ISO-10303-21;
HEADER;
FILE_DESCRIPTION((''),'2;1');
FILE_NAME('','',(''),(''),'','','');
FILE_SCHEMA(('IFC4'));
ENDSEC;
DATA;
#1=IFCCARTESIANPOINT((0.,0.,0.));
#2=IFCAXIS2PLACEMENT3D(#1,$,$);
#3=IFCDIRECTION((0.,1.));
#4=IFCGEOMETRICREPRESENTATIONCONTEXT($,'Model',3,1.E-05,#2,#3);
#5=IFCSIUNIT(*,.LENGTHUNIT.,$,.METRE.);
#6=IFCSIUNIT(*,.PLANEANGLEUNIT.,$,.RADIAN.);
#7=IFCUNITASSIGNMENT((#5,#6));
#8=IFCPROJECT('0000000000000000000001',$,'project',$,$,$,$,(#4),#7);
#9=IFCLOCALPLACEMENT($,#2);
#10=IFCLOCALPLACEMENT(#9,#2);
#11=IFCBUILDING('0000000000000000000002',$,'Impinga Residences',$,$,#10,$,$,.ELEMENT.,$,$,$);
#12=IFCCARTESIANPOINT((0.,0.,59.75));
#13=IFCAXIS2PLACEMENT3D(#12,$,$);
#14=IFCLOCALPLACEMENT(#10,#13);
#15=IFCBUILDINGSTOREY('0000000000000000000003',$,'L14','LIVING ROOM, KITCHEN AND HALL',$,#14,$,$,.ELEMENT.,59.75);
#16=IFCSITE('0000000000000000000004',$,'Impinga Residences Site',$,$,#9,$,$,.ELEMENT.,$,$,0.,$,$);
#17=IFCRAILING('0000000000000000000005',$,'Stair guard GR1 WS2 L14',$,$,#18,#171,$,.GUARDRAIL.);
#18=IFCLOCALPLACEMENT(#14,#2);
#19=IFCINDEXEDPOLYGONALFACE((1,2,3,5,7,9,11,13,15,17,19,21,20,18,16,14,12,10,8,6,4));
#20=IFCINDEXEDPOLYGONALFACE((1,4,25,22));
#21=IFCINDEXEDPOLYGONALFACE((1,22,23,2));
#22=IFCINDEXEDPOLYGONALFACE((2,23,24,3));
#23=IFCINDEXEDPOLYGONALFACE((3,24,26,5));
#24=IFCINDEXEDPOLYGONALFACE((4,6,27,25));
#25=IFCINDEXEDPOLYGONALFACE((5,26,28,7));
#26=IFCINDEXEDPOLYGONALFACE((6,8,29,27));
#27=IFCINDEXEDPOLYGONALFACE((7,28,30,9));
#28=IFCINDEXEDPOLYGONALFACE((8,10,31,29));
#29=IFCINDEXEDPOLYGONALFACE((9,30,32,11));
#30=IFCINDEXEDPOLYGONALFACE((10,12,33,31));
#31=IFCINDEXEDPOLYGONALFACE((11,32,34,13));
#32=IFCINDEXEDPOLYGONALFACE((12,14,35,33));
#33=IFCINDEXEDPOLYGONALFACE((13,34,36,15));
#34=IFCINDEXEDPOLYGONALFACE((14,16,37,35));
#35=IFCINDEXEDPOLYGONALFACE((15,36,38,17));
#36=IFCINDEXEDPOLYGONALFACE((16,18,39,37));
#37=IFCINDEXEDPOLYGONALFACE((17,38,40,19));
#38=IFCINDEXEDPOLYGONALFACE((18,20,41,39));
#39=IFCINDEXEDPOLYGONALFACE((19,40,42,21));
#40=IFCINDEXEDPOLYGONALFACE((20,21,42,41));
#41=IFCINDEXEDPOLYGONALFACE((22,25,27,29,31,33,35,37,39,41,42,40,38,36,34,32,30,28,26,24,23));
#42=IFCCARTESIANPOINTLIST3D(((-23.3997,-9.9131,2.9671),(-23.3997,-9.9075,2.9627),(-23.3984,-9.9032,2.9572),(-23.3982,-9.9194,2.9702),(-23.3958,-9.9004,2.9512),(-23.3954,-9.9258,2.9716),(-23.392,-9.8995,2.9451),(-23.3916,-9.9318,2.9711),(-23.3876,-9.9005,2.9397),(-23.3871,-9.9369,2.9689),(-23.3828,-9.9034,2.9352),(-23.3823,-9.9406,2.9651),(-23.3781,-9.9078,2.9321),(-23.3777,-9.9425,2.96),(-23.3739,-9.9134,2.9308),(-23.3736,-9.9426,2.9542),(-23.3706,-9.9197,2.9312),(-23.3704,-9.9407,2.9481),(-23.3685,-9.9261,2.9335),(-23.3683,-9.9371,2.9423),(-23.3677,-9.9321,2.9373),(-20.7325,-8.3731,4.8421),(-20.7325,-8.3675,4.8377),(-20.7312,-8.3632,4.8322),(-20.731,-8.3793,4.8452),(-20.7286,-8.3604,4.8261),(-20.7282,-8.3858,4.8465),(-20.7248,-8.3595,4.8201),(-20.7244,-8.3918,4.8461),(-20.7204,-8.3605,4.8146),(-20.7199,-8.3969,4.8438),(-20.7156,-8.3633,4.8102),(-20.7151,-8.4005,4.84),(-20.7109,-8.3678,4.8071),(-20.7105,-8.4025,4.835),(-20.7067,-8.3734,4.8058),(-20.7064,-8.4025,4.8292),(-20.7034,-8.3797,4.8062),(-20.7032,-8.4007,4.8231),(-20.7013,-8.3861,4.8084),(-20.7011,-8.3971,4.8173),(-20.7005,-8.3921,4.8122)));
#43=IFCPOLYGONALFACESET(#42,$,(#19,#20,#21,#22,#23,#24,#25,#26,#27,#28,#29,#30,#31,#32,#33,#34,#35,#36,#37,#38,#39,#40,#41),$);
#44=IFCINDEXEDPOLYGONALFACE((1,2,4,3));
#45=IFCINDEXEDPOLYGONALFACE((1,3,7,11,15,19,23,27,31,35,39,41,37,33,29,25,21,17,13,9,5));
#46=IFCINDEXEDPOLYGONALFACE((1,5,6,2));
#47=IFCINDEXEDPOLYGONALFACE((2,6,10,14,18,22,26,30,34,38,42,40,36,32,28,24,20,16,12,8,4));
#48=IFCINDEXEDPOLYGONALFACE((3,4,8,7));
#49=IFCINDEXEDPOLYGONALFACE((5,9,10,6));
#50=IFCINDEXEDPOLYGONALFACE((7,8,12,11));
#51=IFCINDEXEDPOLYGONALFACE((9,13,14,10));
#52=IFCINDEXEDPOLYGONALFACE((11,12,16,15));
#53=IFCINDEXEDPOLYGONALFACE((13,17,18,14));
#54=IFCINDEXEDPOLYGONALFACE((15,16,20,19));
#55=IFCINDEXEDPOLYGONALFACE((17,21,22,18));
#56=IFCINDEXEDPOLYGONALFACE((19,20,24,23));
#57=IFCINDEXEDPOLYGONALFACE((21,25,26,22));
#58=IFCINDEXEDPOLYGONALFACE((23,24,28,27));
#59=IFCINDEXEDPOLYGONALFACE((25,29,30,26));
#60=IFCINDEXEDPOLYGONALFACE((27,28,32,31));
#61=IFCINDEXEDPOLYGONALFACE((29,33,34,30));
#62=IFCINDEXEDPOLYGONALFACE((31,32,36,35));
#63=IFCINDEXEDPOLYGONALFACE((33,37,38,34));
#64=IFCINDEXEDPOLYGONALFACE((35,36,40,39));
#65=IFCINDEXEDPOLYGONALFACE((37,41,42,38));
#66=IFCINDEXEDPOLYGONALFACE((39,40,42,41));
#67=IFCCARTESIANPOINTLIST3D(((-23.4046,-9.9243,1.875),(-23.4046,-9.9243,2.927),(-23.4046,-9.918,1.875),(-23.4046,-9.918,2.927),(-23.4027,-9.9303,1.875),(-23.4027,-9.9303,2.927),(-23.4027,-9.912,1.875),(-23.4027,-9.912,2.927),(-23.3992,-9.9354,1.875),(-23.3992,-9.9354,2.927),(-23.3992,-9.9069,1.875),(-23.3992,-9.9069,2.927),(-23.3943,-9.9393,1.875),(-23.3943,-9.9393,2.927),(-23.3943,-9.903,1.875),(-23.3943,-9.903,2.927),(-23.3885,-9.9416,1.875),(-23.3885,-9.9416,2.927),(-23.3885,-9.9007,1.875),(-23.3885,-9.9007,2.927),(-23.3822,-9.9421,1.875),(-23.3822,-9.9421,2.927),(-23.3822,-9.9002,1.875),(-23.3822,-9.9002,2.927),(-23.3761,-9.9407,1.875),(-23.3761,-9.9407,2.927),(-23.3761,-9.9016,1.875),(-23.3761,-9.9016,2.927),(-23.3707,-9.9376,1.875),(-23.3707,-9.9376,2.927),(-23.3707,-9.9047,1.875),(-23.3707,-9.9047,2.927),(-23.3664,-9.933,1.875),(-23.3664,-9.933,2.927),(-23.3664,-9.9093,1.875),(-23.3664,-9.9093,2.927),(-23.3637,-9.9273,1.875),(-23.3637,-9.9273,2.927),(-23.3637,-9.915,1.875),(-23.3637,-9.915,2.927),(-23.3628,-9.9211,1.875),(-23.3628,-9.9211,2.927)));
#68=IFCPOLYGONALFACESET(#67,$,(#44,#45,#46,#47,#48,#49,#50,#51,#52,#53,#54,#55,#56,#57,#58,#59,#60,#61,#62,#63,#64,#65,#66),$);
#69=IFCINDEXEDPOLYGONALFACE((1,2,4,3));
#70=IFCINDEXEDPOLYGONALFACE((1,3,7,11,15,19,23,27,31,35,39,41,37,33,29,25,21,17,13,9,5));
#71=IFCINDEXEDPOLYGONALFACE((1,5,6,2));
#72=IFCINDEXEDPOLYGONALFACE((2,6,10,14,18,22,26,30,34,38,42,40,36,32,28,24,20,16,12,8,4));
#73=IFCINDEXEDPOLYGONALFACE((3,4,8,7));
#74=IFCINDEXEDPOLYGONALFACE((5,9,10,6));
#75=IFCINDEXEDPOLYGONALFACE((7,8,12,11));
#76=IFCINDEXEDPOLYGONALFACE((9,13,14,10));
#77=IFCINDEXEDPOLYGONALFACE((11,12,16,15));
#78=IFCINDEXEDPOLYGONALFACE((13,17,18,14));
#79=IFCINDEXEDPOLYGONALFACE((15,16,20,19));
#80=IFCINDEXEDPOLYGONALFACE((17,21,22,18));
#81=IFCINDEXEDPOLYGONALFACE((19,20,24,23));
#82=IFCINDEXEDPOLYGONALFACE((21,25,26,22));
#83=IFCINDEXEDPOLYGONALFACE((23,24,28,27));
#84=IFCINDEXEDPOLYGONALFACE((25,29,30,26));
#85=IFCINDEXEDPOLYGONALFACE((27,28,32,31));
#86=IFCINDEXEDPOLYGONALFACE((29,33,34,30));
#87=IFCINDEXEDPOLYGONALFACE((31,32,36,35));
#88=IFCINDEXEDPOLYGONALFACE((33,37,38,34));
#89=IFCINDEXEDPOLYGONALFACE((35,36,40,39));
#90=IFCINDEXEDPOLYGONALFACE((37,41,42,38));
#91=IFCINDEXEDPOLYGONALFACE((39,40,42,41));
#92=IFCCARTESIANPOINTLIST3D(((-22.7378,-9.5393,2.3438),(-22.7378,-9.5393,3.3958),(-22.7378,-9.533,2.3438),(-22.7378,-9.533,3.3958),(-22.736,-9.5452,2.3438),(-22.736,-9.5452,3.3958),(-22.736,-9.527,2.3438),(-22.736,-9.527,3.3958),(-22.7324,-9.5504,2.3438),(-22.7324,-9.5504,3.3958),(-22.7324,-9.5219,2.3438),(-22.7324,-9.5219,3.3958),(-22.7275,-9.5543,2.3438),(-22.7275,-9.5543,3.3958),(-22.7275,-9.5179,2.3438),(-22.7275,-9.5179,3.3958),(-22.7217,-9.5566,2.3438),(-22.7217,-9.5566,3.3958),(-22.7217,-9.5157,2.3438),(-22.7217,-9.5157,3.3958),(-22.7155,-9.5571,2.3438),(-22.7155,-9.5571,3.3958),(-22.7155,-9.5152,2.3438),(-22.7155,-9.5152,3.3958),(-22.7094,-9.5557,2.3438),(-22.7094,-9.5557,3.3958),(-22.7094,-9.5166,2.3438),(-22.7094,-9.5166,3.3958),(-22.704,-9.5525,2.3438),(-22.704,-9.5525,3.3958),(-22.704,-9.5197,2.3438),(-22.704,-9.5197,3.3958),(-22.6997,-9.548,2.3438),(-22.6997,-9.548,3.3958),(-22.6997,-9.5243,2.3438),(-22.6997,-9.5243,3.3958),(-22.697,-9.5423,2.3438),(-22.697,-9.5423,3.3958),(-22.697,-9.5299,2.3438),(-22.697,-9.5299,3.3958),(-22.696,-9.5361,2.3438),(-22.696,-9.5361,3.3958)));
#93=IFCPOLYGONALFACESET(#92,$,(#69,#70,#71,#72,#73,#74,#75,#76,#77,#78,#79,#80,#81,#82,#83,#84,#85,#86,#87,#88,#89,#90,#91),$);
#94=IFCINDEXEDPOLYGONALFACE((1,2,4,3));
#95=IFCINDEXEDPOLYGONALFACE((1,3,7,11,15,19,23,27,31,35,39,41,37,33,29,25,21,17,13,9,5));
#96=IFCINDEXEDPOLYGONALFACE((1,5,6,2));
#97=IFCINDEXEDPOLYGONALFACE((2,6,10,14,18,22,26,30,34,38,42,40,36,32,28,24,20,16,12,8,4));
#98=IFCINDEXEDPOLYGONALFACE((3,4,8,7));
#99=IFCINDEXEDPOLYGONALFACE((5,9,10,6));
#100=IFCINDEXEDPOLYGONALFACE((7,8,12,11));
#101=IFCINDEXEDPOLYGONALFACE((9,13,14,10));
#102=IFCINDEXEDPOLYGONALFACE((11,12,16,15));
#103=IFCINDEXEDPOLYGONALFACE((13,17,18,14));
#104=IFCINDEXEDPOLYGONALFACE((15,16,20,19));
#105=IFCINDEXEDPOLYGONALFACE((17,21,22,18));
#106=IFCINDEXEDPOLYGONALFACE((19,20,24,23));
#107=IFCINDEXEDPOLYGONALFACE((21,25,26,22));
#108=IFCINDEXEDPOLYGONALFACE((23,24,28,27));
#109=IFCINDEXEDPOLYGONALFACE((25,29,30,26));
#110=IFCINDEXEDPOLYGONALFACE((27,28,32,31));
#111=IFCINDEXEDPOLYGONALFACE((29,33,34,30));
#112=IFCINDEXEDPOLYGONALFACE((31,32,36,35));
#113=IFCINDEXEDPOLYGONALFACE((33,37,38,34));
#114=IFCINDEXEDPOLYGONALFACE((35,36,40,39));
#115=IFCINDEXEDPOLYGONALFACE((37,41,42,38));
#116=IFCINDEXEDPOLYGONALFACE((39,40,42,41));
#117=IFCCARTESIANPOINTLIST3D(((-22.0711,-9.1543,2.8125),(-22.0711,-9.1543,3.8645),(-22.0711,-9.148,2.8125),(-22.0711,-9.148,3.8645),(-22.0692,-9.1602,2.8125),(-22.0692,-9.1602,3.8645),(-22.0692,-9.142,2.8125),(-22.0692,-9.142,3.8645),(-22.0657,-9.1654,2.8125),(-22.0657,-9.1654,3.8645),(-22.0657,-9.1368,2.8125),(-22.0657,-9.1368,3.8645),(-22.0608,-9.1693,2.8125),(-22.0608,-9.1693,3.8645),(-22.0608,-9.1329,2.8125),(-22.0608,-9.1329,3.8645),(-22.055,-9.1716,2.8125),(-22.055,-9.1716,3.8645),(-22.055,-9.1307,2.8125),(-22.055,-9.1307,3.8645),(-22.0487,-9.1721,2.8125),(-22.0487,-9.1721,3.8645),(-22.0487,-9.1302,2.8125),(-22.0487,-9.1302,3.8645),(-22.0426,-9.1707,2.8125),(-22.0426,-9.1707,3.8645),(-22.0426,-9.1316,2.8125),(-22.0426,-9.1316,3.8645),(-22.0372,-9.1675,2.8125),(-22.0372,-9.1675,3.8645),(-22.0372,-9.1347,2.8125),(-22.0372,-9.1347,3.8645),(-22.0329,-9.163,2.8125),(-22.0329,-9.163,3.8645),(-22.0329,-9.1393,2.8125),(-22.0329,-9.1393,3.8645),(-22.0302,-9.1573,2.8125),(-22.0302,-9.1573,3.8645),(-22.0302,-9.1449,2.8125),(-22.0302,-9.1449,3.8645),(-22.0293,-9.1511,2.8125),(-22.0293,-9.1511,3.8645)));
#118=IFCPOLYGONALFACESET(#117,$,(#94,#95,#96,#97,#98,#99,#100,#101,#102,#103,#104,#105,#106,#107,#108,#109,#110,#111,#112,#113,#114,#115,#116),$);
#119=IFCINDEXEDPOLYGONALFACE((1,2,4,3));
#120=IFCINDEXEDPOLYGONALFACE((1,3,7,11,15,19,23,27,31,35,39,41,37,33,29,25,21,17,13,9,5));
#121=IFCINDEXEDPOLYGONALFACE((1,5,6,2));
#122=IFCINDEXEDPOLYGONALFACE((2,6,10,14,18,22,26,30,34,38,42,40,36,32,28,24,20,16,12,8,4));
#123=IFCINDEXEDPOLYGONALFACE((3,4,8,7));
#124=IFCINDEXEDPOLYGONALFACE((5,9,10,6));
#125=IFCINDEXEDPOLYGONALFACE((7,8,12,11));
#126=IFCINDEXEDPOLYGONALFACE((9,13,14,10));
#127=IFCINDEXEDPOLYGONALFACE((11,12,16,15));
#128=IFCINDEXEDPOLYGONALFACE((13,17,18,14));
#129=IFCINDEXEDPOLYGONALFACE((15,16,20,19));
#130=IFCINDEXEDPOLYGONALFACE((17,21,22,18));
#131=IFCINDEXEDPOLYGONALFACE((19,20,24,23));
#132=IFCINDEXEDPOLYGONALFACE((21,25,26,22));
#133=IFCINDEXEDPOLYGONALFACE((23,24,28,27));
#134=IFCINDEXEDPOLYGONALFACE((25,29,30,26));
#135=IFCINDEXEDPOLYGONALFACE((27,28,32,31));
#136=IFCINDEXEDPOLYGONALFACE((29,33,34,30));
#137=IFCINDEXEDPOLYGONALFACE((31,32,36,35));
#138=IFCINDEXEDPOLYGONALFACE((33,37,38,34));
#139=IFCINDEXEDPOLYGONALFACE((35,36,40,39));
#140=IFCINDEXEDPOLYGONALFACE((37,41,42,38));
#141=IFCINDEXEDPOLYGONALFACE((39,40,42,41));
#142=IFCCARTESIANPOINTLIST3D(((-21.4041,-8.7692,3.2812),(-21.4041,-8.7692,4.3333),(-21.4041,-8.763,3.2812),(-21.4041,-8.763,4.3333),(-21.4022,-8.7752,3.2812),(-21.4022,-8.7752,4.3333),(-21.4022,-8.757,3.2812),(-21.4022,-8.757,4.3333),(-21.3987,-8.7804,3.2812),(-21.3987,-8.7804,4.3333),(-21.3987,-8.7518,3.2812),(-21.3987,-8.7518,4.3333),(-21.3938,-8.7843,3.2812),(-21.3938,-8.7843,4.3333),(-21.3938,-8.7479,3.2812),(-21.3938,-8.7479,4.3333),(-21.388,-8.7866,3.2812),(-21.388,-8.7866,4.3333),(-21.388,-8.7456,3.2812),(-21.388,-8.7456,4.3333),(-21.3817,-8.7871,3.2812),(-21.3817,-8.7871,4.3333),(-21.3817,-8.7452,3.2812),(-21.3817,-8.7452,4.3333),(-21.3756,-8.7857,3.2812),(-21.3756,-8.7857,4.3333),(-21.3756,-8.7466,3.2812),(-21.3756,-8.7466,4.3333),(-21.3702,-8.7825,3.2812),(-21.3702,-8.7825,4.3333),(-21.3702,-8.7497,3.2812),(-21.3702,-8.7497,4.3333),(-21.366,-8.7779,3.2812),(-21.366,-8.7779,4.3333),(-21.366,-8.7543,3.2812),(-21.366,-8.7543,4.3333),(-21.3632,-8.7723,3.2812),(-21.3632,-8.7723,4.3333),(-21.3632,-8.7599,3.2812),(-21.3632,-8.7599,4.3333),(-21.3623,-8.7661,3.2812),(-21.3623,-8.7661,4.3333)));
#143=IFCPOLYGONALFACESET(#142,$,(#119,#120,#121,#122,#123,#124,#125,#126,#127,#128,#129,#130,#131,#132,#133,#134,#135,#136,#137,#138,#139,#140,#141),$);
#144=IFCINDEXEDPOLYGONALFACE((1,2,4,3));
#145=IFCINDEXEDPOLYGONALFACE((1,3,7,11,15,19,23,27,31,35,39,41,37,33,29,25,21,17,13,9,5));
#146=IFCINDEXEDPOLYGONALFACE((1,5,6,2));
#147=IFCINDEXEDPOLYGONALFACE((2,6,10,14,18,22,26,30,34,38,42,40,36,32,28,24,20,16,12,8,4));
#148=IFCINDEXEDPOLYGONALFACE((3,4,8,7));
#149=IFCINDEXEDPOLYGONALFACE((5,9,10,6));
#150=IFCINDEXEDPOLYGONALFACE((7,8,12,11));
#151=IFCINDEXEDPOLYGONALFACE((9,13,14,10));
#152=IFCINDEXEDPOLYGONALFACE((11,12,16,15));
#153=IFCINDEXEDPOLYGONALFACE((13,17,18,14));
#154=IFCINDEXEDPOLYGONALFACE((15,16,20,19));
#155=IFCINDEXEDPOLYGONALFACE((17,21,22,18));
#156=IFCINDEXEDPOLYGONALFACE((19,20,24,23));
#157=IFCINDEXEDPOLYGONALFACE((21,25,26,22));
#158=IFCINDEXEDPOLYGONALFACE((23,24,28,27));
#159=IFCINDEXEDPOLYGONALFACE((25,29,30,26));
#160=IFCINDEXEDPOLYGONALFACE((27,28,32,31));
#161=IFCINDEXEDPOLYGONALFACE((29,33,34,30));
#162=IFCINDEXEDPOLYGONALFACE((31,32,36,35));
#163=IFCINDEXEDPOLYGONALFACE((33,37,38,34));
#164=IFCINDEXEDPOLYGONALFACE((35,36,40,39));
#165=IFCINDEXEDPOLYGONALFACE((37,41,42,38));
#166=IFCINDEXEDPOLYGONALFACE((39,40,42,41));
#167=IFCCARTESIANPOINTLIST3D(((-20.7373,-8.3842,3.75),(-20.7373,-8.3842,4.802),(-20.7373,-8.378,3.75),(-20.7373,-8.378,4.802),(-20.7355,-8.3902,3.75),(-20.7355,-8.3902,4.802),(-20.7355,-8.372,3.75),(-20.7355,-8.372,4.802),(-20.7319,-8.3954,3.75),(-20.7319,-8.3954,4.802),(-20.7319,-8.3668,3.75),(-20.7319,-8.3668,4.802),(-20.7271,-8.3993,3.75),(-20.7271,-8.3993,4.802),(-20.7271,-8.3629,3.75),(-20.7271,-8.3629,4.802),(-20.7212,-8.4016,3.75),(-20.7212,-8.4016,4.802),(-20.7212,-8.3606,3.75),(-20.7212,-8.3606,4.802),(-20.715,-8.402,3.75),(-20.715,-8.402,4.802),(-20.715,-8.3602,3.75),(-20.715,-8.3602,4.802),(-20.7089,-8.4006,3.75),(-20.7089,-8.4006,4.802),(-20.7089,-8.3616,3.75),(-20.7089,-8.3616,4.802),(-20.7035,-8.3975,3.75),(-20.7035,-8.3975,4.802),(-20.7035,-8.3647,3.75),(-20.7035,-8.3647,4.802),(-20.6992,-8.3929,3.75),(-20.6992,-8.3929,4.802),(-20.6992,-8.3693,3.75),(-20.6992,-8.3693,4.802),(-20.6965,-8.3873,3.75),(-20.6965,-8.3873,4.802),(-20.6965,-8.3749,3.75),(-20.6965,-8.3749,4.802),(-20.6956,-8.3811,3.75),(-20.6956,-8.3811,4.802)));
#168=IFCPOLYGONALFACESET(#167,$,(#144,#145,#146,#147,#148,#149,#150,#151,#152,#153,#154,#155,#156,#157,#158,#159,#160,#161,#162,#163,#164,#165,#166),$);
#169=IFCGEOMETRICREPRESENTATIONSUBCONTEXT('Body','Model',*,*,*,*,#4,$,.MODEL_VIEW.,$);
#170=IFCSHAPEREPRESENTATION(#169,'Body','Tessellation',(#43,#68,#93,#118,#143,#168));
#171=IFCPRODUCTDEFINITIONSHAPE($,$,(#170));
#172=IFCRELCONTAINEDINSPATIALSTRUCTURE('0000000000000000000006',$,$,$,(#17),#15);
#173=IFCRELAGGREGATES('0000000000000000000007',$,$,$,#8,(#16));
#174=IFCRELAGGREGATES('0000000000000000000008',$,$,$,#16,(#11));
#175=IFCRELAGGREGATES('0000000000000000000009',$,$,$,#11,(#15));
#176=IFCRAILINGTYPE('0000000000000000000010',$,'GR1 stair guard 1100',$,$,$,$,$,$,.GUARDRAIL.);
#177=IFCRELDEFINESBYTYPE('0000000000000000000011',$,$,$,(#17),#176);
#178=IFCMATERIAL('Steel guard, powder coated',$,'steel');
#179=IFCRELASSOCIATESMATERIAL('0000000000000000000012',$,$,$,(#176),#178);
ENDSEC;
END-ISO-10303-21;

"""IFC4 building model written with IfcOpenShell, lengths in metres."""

from ifc_helpers import new_model, si_unit, direction, frame, origin, origin_2d, place, context, subcontext, project, spatial, circle, extrude, material, type_object, element, save


model = new_model("IFC4")

# Units and contexts
model_context = context("Model", 3, precision=1e-05, world=origin(), true_north=direction((0.0, 1.0)))
body_context = subcontext(model_context, "Body", "Model", "MODEL_VIEW")
ifc_project = project(units=[si_unit("LENGTHUNIT", "METRE"), si_unit("PLANEANGLEUNIT", "RADIAN")], contexts=[model_context])

# Site, building, storey
site_placement = place(None, origin())
site = spatial("IfcSite", under=ifc_project, at=site_placement, Name="Impinga Residences Site", CompositionType="ELEMENT", RefElevation=0.0)
building_placement = place(site_placement, origin())
building = spatial("IfcBuilding", under=site, at=building_placement, Name="Impinga Residences", CompositionType="ELEMENT")
storey_placement = place(building_placement, frame((0.0, 0.0, 59.75)))
storey = spatial("IfcBuildingStorey", under=building, at=storey_placement, Name="L14", Description="LIVING ROOM, KITCHEN AND HALL", CompositionType="ELEMENT", Elevation=59.75)

# Railing
ifc_material_1 = material(Name="Steel guard, powder coated", Category="steel")
railing_type_1 = type_object("IfcRailingType", Name="GR1 stair guard 1100", PredefinedType="GUARDRAIL", material=ifc_material_1)
railing_1_placement = place(storey_placement, frame((-23.3838, -9.9211, 1.875)))
element("IfcRailing", 1, at=railing_1_placement, inside=storey, type_object=railing_type_1, Name="Stair guard GR1 WS2 L14", PredefinedType="GUARDRAIL", context=body_context, shape_type="SweptSolid", body=[
    extrude(circle(Radius=0.0239, at=origin_2d()), frame((0.0, 0.0, 1.0762), z_axis=(0.739716, 0.427105, 0.520002), x_axis=(-0.500027, 0.86601, 0.0)), (0.0, 0.0, 1.0), 3.6057),
    extrude(circle(Radius=0.021, at=origin_2d()), origin(), (0.0, 0.0, 1.0), 1.052),
    extrude(circle(Radius=0.021, at=origin_2d()), frame((0.6667, 0.385, 0.4688)), (0.0, 0.0, 1.0), 1.052),
    extrude(circle(Radius=0.021, at=origin_2d()), frame((1.3335, 0.77, 0.9375)), (0.0, 0.0, 1.0), 1.052),
    extrude(circle(Radius=0.021, at=origin_2d()), frame((2.0005, 1.155, 1.4062)), (0.0, 0.0, 1.0), 1.052),
    extrude(circle(Radius=0.021, at=origin_2d()), frame((2.6672, 1.54, 1.875)), (0.0, 0.0, 1.0), 1.052),
])

save(model, "model.ifc")
